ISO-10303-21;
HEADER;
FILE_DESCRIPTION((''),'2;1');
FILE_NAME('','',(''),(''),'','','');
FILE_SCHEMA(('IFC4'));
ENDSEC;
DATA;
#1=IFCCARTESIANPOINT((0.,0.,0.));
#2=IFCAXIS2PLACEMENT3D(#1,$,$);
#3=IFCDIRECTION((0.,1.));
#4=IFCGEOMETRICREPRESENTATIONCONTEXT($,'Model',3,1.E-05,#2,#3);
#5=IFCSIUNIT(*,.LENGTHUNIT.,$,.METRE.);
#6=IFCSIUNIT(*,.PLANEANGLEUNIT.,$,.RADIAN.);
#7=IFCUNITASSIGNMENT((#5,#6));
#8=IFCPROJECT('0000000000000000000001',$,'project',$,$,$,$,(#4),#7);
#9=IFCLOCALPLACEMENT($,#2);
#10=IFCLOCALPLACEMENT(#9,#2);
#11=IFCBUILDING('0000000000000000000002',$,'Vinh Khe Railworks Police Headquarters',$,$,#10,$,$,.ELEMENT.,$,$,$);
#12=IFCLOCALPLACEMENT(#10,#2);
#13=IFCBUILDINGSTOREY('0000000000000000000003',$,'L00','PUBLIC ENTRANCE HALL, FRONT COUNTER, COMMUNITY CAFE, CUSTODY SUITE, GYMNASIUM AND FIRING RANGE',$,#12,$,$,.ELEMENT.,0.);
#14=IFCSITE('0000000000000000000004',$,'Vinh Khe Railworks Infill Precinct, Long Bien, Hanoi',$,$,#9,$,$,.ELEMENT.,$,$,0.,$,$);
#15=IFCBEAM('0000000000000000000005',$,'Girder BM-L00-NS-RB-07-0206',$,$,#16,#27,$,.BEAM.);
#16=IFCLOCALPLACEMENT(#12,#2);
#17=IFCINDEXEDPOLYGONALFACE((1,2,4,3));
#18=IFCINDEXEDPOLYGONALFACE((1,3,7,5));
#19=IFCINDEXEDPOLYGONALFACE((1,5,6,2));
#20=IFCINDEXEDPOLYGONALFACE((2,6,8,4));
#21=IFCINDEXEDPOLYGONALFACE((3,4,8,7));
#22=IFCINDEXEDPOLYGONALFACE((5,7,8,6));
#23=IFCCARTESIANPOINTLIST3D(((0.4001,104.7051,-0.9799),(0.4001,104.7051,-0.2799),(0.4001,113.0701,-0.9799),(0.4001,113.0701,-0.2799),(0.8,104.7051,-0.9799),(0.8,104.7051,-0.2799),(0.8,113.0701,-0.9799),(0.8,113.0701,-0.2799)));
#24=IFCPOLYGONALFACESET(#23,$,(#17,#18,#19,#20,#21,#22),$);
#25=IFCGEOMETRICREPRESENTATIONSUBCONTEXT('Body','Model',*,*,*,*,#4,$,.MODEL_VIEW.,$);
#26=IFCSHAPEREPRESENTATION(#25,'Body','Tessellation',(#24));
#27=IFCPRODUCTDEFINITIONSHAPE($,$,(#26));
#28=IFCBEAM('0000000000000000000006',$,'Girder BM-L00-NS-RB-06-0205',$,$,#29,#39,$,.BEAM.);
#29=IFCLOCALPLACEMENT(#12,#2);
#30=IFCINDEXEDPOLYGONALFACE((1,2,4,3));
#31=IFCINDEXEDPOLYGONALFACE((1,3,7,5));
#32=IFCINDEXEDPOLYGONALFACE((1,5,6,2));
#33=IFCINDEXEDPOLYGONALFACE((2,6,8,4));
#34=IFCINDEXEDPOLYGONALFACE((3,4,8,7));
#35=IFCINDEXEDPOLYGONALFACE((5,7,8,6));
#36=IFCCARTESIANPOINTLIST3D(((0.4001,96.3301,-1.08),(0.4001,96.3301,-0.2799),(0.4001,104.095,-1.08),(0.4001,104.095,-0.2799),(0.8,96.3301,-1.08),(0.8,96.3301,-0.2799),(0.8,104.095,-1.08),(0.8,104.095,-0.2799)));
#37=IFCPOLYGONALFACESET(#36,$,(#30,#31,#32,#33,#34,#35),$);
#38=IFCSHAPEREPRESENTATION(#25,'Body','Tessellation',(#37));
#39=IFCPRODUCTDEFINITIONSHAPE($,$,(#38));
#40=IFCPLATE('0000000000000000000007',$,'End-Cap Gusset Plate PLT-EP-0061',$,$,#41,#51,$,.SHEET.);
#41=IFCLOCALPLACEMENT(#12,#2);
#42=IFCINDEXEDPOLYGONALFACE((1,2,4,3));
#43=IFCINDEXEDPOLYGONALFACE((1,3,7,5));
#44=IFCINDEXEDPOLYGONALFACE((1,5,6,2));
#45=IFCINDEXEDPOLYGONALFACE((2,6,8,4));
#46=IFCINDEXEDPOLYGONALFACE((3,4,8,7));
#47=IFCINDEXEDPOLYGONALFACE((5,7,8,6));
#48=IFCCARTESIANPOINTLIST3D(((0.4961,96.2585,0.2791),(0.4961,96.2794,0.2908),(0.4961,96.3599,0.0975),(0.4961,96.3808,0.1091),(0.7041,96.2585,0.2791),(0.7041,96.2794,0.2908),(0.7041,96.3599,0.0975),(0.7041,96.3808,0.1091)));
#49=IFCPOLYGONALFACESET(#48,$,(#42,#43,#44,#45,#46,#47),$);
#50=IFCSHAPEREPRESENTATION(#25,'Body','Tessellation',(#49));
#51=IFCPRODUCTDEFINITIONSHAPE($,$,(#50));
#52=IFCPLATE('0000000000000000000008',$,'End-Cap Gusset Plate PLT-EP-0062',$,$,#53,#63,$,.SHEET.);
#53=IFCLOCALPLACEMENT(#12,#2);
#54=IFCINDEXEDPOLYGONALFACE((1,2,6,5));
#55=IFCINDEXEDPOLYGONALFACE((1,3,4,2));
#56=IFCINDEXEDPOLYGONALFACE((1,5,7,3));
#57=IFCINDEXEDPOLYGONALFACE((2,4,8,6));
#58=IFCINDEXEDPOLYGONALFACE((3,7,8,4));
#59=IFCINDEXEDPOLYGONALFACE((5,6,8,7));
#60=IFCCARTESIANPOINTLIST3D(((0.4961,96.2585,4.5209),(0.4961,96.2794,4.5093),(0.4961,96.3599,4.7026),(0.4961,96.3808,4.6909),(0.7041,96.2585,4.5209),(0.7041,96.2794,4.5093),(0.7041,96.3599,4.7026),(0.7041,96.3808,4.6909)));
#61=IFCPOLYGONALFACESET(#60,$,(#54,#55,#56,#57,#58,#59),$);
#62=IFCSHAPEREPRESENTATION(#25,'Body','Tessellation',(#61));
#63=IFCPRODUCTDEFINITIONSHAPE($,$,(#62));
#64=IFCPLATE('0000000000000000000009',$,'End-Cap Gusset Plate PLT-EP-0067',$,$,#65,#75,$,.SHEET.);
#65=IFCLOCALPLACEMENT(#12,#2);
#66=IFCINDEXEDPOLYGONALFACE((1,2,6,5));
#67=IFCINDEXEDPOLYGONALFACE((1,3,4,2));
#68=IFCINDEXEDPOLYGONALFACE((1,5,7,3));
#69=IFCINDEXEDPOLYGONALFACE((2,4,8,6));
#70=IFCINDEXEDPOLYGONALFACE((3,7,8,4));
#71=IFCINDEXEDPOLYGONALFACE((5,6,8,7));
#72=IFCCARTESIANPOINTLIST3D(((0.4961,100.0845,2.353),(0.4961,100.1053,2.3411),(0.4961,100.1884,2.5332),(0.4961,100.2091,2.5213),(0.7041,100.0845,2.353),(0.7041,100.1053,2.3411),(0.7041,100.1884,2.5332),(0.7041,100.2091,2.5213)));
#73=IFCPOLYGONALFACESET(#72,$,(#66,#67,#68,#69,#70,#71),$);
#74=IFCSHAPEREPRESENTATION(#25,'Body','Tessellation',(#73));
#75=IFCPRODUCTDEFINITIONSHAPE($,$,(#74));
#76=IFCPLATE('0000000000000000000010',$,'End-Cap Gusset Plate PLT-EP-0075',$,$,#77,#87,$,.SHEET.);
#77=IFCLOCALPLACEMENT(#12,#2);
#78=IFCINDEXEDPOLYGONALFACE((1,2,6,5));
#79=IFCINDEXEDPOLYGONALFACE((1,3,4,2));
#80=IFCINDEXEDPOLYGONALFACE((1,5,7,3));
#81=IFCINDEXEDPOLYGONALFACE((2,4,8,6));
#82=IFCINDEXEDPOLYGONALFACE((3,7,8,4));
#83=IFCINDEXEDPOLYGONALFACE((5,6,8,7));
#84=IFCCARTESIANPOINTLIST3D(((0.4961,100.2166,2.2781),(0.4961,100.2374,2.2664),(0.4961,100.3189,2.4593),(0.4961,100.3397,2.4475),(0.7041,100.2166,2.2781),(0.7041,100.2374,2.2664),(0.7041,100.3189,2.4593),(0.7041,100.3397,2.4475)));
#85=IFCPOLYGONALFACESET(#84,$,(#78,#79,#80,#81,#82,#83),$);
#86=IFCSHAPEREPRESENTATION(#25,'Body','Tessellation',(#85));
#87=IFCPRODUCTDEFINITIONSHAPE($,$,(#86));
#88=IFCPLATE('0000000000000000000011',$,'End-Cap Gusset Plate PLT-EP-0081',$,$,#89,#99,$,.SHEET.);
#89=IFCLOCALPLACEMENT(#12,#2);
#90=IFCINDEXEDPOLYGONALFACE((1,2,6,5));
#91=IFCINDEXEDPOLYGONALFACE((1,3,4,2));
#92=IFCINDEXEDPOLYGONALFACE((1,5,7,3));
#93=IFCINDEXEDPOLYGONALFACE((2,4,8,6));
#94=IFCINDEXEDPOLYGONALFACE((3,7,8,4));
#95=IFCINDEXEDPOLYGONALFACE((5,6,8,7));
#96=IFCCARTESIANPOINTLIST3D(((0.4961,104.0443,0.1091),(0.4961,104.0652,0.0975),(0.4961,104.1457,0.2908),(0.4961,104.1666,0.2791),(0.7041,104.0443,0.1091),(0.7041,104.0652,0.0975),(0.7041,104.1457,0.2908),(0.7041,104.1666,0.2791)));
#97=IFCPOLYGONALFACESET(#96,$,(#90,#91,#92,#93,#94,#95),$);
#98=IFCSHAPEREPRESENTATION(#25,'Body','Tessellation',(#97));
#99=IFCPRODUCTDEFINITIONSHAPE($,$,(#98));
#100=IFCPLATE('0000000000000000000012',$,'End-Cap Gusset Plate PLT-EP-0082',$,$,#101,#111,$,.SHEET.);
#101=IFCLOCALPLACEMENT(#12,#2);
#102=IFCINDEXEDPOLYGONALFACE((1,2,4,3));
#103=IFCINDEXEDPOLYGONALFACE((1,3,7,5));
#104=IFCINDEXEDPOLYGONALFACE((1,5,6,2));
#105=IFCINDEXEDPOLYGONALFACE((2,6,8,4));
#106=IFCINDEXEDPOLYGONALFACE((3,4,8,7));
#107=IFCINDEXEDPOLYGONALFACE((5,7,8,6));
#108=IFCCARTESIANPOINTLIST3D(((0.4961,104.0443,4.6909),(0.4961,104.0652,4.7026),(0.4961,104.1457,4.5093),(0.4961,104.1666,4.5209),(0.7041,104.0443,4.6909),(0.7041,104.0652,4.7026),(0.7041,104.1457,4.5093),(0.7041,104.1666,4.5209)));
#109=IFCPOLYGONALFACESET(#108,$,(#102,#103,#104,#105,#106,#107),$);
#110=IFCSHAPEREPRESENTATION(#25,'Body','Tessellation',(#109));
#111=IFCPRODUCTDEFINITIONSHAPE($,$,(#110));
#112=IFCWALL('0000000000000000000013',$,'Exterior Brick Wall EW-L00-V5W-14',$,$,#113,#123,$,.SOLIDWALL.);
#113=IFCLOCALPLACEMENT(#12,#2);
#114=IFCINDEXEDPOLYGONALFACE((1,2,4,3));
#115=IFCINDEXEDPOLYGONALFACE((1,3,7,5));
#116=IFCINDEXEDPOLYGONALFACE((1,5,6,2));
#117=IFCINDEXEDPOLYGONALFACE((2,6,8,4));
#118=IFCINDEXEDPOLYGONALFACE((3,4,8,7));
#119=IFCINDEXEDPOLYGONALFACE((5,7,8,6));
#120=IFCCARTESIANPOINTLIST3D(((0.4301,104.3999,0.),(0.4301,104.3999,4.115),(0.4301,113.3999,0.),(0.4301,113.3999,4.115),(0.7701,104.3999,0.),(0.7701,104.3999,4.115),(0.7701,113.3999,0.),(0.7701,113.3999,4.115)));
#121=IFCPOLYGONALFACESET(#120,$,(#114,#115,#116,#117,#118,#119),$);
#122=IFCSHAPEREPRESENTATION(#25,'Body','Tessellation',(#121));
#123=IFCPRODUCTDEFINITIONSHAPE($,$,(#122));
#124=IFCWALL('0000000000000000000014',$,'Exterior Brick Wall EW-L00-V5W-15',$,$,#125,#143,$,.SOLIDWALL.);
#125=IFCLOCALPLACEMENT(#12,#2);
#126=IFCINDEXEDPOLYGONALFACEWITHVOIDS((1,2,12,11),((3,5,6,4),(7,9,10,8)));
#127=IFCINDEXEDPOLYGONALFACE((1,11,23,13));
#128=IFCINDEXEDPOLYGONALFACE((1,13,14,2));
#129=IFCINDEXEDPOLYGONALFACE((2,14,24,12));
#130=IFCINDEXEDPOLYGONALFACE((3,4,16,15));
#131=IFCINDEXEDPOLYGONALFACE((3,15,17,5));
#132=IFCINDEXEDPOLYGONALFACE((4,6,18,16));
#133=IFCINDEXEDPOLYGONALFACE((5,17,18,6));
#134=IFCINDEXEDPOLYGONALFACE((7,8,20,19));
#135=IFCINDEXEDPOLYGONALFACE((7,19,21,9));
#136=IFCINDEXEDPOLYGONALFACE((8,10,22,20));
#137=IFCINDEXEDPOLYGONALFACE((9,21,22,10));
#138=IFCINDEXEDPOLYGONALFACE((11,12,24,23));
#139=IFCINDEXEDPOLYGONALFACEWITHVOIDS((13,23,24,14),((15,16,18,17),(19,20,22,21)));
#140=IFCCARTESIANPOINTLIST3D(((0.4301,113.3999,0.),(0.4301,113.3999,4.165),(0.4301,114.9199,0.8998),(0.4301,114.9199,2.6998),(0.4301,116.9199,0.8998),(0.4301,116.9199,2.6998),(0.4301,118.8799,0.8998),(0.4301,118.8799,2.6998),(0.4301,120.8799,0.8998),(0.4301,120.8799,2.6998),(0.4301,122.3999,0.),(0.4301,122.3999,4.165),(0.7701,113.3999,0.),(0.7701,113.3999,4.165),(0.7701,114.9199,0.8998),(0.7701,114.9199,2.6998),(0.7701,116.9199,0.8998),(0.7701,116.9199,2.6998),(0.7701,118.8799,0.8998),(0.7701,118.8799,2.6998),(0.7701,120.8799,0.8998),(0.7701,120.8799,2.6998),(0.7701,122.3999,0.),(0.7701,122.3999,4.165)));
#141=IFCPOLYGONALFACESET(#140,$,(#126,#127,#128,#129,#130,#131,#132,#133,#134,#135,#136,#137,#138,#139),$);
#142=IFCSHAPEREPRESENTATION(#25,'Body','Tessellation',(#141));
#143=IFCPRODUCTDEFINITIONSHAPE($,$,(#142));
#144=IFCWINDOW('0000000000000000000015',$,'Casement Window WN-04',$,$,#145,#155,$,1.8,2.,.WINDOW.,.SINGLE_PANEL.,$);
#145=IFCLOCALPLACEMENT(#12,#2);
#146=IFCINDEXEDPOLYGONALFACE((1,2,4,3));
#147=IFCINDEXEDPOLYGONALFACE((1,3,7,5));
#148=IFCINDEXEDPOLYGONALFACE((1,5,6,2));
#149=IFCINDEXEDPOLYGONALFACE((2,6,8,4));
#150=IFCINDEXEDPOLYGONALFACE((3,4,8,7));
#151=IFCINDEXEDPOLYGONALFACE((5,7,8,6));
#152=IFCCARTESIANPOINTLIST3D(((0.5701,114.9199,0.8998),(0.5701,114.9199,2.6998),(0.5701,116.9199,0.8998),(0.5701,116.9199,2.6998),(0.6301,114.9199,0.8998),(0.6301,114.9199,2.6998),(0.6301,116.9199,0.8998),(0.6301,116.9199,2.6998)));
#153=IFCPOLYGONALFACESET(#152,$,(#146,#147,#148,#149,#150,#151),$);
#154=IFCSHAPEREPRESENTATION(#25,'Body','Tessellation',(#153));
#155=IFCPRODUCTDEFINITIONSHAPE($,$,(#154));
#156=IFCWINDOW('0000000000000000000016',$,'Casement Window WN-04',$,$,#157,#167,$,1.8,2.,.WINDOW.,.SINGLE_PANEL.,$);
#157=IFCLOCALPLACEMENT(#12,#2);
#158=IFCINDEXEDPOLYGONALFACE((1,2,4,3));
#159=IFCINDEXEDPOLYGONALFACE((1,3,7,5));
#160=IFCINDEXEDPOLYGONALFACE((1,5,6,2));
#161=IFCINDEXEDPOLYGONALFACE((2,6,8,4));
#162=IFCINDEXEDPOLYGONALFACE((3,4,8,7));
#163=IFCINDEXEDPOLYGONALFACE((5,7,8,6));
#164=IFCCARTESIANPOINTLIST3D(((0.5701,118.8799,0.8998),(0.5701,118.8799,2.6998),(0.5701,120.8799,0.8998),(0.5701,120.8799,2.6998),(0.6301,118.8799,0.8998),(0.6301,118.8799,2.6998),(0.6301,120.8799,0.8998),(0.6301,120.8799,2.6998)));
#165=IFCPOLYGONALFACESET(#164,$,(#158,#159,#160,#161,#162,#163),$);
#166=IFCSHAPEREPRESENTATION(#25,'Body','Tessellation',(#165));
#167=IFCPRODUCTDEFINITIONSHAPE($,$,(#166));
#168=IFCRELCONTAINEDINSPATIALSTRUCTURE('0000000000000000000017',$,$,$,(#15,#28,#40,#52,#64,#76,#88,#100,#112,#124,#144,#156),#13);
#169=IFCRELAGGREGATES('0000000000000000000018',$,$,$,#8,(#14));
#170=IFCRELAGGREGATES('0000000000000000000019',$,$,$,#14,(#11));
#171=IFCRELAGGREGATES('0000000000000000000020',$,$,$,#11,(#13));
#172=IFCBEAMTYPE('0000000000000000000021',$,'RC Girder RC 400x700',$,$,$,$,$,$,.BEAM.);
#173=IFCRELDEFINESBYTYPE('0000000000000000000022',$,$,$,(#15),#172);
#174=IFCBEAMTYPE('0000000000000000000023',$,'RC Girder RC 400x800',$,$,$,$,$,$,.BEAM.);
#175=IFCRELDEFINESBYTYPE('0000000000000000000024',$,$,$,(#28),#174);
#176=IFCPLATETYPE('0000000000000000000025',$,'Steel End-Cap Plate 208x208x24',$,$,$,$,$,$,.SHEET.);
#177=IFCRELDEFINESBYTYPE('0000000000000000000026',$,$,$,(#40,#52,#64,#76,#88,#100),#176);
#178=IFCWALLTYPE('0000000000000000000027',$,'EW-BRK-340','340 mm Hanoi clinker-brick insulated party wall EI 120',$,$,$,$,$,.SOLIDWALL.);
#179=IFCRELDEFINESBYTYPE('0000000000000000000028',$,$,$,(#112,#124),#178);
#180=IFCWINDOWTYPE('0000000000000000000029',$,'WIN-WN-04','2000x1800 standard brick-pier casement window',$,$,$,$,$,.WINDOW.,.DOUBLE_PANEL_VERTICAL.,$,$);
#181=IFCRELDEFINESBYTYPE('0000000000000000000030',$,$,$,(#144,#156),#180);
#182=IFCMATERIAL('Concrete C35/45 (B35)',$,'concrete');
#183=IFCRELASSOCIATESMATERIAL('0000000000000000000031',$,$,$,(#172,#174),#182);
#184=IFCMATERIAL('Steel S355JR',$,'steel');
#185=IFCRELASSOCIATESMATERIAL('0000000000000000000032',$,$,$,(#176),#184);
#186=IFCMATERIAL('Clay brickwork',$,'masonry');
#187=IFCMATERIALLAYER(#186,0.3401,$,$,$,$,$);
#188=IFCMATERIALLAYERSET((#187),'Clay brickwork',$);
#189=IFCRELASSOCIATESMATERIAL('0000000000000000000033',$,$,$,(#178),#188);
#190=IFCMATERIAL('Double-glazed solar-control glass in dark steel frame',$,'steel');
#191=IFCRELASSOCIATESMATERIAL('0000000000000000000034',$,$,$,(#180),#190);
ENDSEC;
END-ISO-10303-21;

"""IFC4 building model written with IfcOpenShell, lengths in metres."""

from ifc_helpers import new_model, si_unit, direction, frame, frame_2d, origin, origin_2d, place, context, subcontext, project, spatial, rectangle, extrude, material, layer, layer_set, material_profile, profile_set, type_object, element, fill, save


model = new_model("IFC4")

# Units and contexts
model_context = context("Model", 3, precision=1e-05, world=origin(), true_north=direction((0.0, 1.0)))
body_context = subcontext(model_context, "Body", "Model", "MODEL_VIEW")
ifc_project = project(units=[si_unit("LENGTHUNIT", "METRE"), si_unit("PLANEANGLEUNIT", "RADIAN")], contexts=[model_context])

# Site, building, storey
site_placement = place(None, origin())
site = spatial("IfcSite", under=ifc_project, at=site_placement, Name="Vinh Khe Railworks Infill Precinct, Long Bien, Hanoi", CompositionType="ELEMENT", RefElevation=0.0)
building_placement = place(site_placement, origin())
building = spatial("IfcBuilding", under=site, at=building_placement, Name="Vinh Khe Railworks Police Headquarters", CompositionType="ELEMENT")
storey_placement = place(building_placement, origin())
storey = spatial("IfcBuildingStorey", under=building, at=storey_placement, Name="L00", Description="PUBLIC ENTRANCE HALL, FRONT COUNTER, COMMUNITY CAFE, CUSTODY SUITE, GYMNASIUM AND FIRING RANGE", CompositionType="ELEMENT", Elevation=0.0)

# Shared definitions
ifc_material_1 = material(Name="Steel S355JR", Category="steel")

# Beams
ifc_material_2 = material(Name="Concrete C35/45 (B35)", Category="concrete")
ifc_material_profile_1 = material_profile(ifc_material_2, rectangle(XDim=0.3999, YDim=0.7, at=origin_2d()), Name="RC 400x700")
ifc_profile_set_1 = profile_set([ifc_material_profile_1], Name="Concrete C35/45 (B35)")
beam_type_1 = type_object("IfcBeamType", Name="RC Girder RC 400x700", PredefinedType="BEAM", material=ifc_profile_set_1)
beam_1_placement = place(storey_placement, frame((0.6001, 104.7051, -0.6299), z_axis=(0.0, 1.0, 0.0), x_axis=(-1.0, 0.0, 0.0)))
element("IfcBeam", 1, at=beam_1_placement, inside=storey, type_object=beam_type_1, Name="Girder BM-L00-NS-RB-07-0206", PredefinedType="BEAM", context=body_context, shape_type="SweptSolid", body=[
    extrude(rectangle(XDim=0.3999, YDim=0.7, at=origin_2d()), origin(), (0.0, 0.0, 1.0), 8.365),
])
ifc_material_profile_2 = material_profile(ifc_material_2, rectangle(XDim=0.3999, YDim=0.8, at=origin_2d()), Name="RC 400x800")
ifc_profile_set_2 = profile_set([ifc_material_profile_2], Name="Concrete C35/45 (B35)")
beam_type_2 = type_object("IfcBeamType", Name="RC Girder RC 400x800", PredefinedType="BEAM", material=ifc_profile_set_2)
beam_2_placement = place(storey_placement, frame((0.6001, 96.3301, -0.6799), z_axis=(0.0, 1.0, 0.0), x_axis=(-1.0, 0.0, 0.0)))
element("IfcBeam", 2, at=beam_2_placement, inside=storey, type_object=beam_type_2, Name="Girder BM-L00-NS-RB-06-0205", PredefinedType="BEAM", context=body_context, shape_type="SweptSolid", body=[
    extrude(rectangle(XDim=0.3999, YDim=0.8, at=origin_2d()), origin(), (0.0, 0.0, 1.0), 7.7649),
])

# Plates
ifc_material_profile_3 = material_profile(ifc_material_1, rectangle(XDim=0.208, YDim=0.208, at=origin_2d()), Name="PL 208x208")
ifc_profile_set_3 = profile_set([ifc_material_profile_3], Name="Steel S355JR")
plate_type = type_object("IfcPlateType", Name="Steel End-Cap Plate 208x208x24", PredefinedType="SHEET", material=ifc_profile_set_3)
for number, where, z_axis, x_axis, name in (
    (3, (0.6001, 96.3301, 0.2), (0.0, -0.873198, -0.487366), (1.0, 0.0, 0.0), "End-Cap Gusset Plate PLT-EP-0061"),
    (4, (0.6001, 96.3301, 4.6001), (0.0, -0.873198, 0.487366), (1.0, 0.0, 0.0), "End-Cap Gusset Plate PLT-EP-0062"),
    (5, (0.6001, 100.1365, 2.4431), (0.0, 0.866355, -0.499428), (-1.0, 0.0, 0.0), "End-Cap Gusset Plate PLT-EP-0067"),
    (6, (0.6001, 100.2886, 2.3569), (0.0, -0.870754, 0.49172), (1.0, 0.0, 0.0), "End-Cap Gusset Plate PLT-EP-0075"),
    (7, (0.6001, 104.095, 0.2), (0.0, 0.873198, -0.487366), (-1.0, 0.0, 0.0), "End-Cap Gusset Plate PLT-EP-0081"),
    (8, (0.6001, 104.095, 4.6001), (0.0, 0.873198, 0.487366), (-1.0, 0.0, 0.0), "End-Cap Gusset Plate PLT-EP-0082"),
):
    element("IfcPlate", number, at=place(storey_placement, frame(where, z_axis=z_axis, x_axis=x_axis)), inside=storey, type_object=plate_type, Name=name, PredefinedType="SHEET", context=body_context, shape_type="SweptSolid", body=[
        extrude(rectangle(XDim=0.208, YDim=0.208, at=origin_2d()), origin(), (0.0, 0.0, 1.0), 0.0239),
    ])

# Wall
ifc_material_3 = material(Name="Clay brickwork", Category="masonry")
ifc_layer_1 = layer(ifc_material_3, 0.3401)
ifc_layer_set_1 = layer_set([ifc_layer_1], Name="Clay brickwork")
wall_type_1 = type_object("IfcWallType", Name="EW-BRK-340", Description="340 mm Hanoi clinker-brick insulated party wall EI 120", PredefinedType="SOLIDWALL", material=ifc_layer_set_1)
wall_1_placement = place(storey_placement, frame((0.6001, 104.3999, 0.0), z_axis=(0.0, 0.0, 1.0), x_axis=(0.0, 1.0, 0.0)))
element("IfcWall", 9, at=wall_1_placement, inside=storey, type_object=wall_type_1, Name="Exterior Brick Wall EW-L00-V5W-14", PredefinedType="SOLIDWALL", context=body_context, shape_type="SweptSolid", body=[
    extrude(rectangle(XDim=9.0, YDim=0.3401, at=frame_2d((4.5, 0.0))), origin(), (0.0, 0.0, 1.0), 4.115),
])

# Wall, openings, windows
wall_2_placement = place(storey_placement, frame((0.6001, 113.3999, 0.0), z_axis=(0.0, 0.0, 1.0), x_axis=(0.0, 1.0, 0.0)))
wall_2 = element("IfcWall", 10, at=wall_2_placement, inside=storey, type_object=wall_type_1, Name="Exterior Brick Wall EW-L00-V5W-15", PredefinedType="SOLIDWALL", context=body_context, shape_type="SweptSolid", body=[
    extrude(rectangle(XDim=9.0, YDim=0.3401, at=frame_2d((4.5, 0.0))), origin(), (0.0, 0.0, 1.0), 4.165),
])
opening_1_placement = place(wall_2_placement, frame((1.52, 0.0, 0.8999)))
opening_1 = element("IfcOpeningElement", 11, at=opening_1_placement, cuts=wall_2, PredefinedType="OPENING", context=body_context, shape_type="SweptSolid", body=[
    extrude(rectangle(XDim=2.0, YDim=1.8, at=frame_2d((1.0, 0.8999))), frame((0.0, 0.1851, 0.0), z_axis=(0.0, -1.0, 0.0), x_axis=(1.0, 0.0, 0.0)), (0.0, 0.0, 1.0), 0.3699),
])
opening_2_placement = place(wall_2_placement, frame((5.48, 0.0, 0.8999)))
opening_2 = element("IfcOpeningElement", 12, at=opening_2_placement, cuts=wall_2, PredefinedType="OPENING", context=body_context, shape_type="SweptSolid", body=[
    extrude(rectangle(XDim=2.0, YDim=1.8, at=frame_2d((1.0, 0.8999))), frame((0.0, 0.1851, 0.0), z_axis=(0.0, -1.0, 0.0), x_axis=(1.0, 0.0, 0.0)), (0.0, 0.0, 1.0), 0.3699),
])
ifc_material_4 = material(Name="Double-glazed solar-control glass in dark steel frame", Category="steel")
window_type_1 = type_object("IfcWindowType", Name="WIN-WN-04", Description="2000x1800 standard brick-pier casement window", PartitioningType="DOUBLE_PANEL_VERTICAL", PredefinedType="WINDOW", material=ifc_material_4)
window_1_placement = place(opening_1_placement, origin())
window_1 = element("IfcWindow", 13, at=window_1_placement, inside=storey, type_object=window_type_1, Name="Casement Window WN-04", OverallHeight=1.8, OverallWidth=2.0, PartitioningType="SINGLE_PANEL", PredefinedType="WINDOW", context=body_context, shape_type="SweptSolid", body=[
    extrude(rectangle(XDim=2.0, YDim=1.8, at=frame_2d((1.0, 0.8999))), frame((0.0, 0.03, 0.0), z_axis=(0.0, -1.0, 0.0), x_axis=(1.0, 0.0, 0.0)), (0.0, 0.0, 1.0), 0.0601),
])
fill(opening_1, window_1)
window_2_placement = place(opening_2_placement, origin())
window_2 = element("IfcWindow", 14, at=window_2_placement, inside=storey, type_object=window_type_1, Name="Casement Window WN-04", OverallHeight=1.8, OverallWidth=2.0, PartitioningType="SINGLE_PANEL", PredefinedType="WINDOW", context=body_context, shape_type="SweptSolid", body=[
    extrude(rectangle(XDim=2.0, YDim=1.8, at=frame_2d((1.0, 0.8999))), frame((0.0, 0.03, 0.0), z_axis=(0.0, -1.0, 0.0), x_axis=(1.0, 0.0, 0.0)), (0.0, 0.0, 1.0), 0.0601),
])
fill(opening_2, window_2)

save(model, "model.ifc")
